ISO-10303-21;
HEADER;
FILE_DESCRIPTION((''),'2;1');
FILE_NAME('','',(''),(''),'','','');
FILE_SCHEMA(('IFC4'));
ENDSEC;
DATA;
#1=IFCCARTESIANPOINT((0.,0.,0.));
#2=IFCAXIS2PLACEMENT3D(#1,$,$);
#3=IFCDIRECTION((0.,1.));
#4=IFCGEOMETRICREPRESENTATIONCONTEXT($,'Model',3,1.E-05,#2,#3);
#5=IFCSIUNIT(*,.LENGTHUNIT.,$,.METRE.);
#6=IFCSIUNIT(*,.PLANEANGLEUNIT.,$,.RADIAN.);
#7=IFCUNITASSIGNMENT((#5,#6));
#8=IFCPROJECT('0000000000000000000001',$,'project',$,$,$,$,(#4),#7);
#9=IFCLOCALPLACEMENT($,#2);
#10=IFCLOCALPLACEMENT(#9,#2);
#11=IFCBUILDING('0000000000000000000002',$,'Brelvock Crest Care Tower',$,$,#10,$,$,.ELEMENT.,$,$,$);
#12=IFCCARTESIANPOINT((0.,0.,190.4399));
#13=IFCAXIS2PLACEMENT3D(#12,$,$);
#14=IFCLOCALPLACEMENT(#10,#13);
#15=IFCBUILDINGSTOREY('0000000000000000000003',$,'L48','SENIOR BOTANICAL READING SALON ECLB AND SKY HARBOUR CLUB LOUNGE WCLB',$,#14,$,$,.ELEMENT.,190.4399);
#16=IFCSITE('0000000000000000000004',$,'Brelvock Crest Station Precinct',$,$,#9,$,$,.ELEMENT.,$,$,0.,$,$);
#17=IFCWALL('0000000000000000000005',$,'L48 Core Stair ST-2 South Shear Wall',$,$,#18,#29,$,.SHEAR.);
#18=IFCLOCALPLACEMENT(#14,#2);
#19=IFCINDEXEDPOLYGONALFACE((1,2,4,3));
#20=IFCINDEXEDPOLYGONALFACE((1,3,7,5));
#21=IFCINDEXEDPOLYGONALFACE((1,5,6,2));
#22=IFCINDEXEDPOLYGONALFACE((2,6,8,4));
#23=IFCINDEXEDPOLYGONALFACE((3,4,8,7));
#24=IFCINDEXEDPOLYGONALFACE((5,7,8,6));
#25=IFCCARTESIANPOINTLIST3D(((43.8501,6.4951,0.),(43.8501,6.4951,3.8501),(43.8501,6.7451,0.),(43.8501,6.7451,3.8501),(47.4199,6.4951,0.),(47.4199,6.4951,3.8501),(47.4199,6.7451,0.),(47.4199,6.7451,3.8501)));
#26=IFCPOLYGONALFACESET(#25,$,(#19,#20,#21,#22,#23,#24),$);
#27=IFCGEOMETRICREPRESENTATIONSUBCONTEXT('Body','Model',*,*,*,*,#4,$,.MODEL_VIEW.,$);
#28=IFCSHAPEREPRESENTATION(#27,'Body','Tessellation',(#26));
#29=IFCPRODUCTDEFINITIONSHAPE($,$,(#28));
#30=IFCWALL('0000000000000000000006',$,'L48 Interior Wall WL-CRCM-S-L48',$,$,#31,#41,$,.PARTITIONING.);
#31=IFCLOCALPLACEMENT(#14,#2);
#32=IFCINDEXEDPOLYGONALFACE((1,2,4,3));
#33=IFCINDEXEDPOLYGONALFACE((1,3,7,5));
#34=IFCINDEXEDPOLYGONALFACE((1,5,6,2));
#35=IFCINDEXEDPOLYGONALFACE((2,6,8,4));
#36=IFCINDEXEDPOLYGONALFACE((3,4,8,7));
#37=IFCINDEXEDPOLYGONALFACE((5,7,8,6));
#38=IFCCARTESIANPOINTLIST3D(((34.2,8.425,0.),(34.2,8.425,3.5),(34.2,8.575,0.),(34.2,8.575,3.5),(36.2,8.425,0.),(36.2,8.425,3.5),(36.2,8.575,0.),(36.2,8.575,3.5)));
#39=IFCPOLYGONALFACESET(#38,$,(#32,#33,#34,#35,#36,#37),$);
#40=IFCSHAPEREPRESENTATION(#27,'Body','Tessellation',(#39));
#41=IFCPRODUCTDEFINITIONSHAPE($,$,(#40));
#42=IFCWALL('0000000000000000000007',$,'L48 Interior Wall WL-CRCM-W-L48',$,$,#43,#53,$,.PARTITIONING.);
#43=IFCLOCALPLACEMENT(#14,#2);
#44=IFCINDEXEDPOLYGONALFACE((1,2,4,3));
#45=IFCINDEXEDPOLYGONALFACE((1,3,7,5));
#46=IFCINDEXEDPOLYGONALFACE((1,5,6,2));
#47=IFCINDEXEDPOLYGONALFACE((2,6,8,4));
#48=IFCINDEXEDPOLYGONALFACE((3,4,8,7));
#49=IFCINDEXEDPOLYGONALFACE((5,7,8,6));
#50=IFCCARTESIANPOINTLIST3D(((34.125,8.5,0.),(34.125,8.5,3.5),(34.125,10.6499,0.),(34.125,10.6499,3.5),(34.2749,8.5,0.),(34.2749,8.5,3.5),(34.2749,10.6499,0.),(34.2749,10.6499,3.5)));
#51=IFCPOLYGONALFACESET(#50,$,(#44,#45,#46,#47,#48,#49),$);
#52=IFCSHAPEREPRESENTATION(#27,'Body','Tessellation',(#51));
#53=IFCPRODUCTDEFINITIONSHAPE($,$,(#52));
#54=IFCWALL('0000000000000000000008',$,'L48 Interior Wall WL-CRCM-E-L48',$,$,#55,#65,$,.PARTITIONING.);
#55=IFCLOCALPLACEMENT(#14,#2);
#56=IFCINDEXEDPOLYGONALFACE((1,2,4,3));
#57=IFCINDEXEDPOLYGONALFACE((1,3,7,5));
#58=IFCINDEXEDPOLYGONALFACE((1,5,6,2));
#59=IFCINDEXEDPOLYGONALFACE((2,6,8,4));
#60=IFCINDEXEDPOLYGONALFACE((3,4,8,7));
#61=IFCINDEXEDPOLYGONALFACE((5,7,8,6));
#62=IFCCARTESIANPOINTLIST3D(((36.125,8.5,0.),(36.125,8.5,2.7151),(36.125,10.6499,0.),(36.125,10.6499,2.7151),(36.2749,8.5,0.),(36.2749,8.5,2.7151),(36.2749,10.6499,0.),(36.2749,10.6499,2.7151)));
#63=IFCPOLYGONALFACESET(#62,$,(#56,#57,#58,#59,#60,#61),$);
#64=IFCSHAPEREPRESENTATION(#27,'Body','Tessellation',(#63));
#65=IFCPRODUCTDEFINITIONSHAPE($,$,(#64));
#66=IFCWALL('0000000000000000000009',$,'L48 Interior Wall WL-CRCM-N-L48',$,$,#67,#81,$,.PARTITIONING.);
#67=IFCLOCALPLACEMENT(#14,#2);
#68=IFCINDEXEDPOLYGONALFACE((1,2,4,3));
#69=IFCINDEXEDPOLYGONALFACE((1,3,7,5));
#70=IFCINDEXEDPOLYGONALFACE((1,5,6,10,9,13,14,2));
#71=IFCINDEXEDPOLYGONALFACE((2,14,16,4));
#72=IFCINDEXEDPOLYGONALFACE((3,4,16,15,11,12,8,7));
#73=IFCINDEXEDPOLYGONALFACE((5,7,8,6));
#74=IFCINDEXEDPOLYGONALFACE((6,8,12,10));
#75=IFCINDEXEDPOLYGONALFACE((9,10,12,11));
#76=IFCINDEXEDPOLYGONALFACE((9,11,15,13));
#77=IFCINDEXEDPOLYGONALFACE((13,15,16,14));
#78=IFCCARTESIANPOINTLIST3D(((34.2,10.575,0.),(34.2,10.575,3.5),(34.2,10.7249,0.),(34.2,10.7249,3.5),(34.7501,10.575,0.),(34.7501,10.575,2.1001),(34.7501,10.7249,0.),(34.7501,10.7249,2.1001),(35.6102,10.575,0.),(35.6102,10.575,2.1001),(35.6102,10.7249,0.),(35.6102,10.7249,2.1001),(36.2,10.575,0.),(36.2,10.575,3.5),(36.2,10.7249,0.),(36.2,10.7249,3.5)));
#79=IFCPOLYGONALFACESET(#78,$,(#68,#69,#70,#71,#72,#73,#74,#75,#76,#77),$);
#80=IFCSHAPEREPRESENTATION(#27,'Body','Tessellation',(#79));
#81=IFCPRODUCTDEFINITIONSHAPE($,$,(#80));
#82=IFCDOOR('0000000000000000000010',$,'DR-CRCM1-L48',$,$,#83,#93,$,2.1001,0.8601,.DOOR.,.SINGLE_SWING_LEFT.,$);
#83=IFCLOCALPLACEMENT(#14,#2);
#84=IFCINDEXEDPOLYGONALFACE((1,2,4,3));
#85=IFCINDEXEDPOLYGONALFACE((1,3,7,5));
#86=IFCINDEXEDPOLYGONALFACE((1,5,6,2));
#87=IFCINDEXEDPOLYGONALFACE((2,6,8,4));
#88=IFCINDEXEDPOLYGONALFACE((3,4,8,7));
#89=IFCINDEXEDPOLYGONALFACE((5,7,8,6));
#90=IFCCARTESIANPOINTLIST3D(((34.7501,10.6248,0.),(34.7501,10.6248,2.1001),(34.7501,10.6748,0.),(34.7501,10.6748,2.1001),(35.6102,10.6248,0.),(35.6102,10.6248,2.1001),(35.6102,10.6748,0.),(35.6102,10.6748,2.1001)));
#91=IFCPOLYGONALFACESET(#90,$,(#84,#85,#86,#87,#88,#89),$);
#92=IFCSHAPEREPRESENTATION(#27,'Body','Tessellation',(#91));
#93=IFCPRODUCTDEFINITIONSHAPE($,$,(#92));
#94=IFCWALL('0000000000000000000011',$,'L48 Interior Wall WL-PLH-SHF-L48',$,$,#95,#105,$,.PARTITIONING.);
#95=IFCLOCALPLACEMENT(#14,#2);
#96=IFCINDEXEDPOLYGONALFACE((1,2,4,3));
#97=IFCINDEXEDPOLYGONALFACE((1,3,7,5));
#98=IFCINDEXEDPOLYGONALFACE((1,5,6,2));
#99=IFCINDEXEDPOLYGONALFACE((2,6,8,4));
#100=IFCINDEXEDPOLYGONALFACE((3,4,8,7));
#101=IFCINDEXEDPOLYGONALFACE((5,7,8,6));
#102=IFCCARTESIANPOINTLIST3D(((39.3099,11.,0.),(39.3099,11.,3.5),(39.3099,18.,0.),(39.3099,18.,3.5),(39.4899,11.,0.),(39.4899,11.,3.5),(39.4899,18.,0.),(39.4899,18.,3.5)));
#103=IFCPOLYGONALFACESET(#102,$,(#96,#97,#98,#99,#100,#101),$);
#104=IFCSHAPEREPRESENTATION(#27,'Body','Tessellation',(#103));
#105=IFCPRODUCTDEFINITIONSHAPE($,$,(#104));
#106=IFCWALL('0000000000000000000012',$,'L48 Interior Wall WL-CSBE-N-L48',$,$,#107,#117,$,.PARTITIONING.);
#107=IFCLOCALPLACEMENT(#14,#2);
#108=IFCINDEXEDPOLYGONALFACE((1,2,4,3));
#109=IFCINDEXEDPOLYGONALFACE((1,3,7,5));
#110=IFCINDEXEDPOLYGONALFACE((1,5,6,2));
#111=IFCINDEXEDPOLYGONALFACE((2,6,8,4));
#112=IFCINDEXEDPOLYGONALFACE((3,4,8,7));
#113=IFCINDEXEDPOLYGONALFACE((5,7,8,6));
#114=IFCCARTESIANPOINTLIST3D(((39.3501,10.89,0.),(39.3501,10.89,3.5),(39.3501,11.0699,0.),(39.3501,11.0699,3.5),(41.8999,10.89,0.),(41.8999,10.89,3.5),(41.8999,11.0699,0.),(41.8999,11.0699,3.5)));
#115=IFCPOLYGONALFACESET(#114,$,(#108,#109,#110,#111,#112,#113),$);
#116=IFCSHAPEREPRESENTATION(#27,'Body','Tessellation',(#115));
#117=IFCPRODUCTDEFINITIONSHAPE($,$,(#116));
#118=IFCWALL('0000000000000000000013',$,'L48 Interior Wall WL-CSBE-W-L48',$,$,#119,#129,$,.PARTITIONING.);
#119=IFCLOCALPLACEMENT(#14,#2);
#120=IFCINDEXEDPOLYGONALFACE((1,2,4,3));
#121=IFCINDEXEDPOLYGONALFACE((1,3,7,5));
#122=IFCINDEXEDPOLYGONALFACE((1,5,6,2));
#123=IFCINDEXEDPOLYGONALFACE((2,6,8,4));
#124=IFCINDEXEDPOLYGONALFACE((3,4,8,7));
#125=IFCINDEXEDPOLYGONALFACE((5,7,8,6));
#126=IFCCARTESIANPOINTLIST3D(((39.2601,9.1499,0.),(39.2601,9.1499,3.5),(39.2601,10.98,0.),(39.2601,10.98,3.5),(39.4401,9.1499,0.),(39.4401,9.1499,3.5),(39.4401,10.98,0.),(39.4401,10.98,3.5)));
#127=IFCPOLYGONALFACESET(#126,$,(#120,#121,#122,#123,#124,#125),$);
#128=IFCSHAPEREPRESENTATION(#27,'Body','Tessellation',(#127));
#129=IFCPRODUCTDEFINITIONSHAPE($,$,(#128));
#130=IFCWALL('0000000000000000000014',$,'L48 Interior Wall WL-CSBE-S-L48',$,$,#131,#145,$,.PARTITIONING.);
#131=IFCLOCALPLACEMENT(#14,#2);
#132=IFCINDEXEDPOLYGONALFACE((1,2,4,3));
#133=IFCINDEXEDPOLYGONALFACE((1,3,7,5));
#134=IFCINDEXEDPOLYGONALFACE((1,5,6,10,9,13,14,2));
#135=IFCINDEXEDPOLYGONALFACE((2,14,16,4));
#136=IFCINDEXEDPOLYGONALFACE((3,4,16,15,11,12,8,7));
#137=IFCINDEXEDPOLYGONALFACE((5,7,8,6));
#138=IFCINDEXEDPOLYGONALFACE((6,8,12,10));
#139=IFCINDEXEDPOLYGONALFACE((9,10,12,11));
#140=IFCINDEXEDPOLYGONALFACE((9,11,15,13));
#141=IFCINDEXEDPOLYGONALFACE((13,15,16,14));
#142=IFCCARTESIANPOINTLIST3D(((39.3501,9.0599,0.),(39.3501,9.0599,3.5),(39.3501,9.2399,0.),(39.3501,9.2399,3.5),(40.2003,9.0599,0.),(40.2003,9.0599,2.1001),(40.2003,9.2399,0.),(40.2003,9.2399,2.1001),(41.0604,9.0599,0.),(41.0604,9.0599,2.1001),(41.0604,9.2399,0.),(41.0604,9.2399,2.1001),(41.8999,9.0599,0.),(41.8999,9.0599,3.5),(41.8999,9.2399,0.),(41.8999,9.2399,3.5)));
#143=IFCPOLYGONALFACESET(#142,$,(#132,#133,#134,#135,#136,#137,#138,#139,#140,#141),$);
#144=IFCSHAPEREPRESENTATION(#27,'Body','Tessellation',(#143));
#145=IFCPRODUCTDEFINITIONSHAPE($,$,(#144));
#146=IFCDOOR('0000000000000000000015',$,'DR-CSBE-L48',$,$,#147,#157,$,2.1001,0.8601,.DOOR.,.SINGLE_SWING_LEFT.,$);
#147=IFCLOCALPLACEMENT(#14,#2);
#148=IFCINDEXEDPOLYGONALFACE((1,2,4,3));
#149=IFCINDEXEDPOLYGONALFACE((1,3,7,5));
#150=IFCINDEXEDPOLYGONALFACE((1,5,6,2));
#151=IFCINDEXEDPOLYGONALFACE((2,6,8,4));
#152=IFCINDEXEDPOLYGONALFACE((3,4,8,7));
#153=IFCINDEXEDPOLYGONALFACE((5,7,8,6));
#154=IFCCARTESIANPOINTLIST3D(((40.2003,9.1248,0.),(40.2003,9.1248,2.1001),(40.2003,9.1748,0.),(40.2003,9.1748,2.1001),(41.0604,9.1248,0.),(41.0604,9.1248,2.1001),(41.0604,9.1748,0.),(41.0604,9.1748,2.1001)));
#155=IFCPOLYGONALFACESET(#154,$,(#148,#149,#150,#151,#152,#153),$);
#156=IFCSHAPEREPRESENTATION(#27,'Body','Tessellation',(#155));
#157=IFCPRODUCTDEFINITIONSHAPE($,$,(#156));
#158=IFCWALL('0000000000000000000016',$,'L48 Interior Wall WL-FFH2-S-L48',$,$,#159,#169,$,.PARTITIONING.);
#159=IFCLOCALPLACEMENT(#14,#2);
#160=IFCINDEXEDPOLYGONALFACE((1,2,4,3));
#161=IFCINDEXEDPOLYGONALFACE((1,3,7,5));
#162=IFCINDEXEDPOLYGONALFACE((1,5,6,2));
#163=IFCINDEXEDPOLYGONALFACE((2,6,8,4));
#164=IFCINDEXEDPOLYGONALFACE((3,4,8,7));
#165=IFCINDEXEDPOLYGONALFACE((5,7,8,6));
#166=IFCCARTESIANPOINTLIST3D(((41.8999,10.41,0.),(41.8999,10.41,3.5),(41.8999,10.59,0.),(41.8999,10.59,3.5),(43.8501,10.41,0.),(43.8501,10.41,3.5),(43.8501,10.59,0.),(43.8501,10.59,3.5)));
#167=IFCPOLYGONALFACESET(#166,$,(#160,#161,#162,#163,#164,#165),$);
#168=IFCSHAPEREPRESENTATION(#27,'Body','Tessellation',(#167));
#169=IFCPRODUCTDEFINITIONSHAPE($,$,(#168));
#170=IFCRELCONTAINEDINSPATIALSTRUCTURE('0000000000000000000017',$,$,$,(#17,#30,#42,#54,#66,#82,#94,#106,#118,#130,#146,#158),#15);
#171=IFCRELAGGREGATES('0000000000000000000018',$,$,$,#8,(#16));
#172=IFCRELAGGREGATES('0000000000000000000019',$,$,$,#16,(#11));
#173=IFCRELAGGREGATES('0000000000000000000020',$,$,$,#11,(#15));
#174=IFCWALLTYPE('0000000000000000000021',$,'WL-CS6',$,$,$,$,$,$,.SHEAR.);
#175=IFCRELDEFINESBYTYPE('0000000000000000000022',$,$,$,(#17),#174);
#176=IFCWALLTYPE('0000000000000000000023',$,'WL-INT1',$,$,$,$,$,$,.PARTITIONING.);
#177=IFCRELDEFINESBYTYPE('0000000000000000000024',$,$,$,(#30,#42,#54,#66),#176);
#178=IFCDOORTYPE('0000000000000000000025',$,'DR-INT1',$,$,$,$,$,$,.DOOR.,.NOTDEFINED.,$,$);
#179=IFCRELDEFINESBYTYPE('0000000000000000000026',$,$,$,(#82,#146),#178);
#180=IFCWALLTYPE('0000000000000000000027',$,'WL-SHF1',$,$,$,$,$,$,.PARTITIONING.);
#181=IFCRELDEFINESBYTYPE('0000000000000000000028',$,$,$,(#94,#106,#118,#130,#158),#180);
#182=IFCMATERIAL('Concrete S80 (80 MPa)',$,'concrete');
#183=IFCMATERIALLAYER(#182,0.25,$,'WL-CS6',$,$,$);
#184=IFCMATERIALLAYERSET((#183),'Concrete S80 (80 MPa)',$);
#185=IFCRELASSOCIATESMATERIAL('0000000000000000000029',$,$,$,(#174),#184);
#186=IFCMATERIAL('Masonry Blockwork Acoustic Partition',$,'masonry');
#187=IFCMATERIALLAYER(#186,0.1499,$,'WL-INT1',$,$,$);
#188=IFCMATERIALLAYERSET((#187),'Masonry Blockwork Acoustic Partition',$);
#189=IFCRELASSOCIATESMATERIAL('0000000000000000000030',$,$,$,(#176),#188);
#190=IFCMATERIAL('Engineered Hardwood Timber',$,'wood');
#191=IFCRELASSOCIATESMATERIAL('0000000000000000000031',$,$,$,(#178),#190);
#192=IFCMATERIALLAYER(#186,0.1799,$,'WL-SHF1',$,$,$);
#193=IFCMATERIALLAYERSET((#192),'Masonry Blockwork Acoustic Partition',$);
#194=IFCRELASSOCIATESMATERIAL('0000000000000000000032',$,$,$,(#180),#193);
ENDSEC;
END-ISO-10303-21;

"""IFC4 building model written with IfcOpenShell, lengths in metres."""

from ifc_helpers import new_model, si_unit, direction, frame, frame_2d, origin, origin_2d, place, context, subcontext, project, spatial, rectangle, extrude, source, transform, mapped, material, layer, layer_set, type_object, element, fill, save


model = new_model("IFC4")

# Units and contexts
model_context = context("Model", 3, precision=1e-05, world=origin(), true_north=direction((0.0, 1.0)))
body_context = subcontext(model_context, "Body", "Model", "MODEL_VIEW")
ifc_project = project(units=[si_unit("LENGTHUNIT", "METRE"), si_unit("PLANEANGLEUNIT", "RADIAN")], contexts=[model_context])

# Site, building, storey
site_placement = place(None, origin())
site = spatial("IfcSite", under=ifc_project, at=site_placement, Name="Brelvock Crest Station Precinct", CompositionType="ELEMENT", RefElevation=0.0)
building_placement = place(site_placement, origin())
building = spatial("IfcBuilding", under=site, at=building_placement, Name="Brelvock Crest Care Tower", CompositionType="ELEMENT")
storey_placement = place(building_placement, frame((0.0, 0.0, 190.4399)))
storey = spatial("IfcBuildingStorey", under=building, at=storey_placement, Name="L48", Description="SENIOR BOTANICAL READING SALON ECLB AND SKY HARBOUR CLUB LOUNGE WCLB", CompositionType="ELEMENT", Elevation=190.4399)

# Walls
ifc_material_1 = material(Name="Concrete S80 (80 MPa)", Category="concrete")
ifc_layer_1 = layer(ifc_material_1, 0.25, Name="WL-CS6")
ifc_layer_set_1 = layer_set([ifc_layer_1], Name="Concrete S80 (80 MPa)")
wall_type_1 = type_object("IfcWallType", Name="WL-CS6", PredefinedType="SHEAR", material=ifc_layer_set_1)
wall_1_placement = place(storey_placement, frame((43.8501, 6.6201, 0.0), z_axis=(0.0, 0.0, 1.0), x_axis=(1.0, 0.0, 0.0)))
element("IfcWall", 1, at=wall_1_placement, inside=storey, type_object=wall_type_1, Name="L48 Core Stair ST-2 South Shear Wall", PredefinedType="SHEAR", context=body_context, shape_type="SweptSolid", body=[
    extrude(rectangle(XDim=3.5698, YDim=0.25, at=frame_2d((1.7849, 0.0))), origin(), (0.0, 0.0, 1.0), 3.8501),
])
ifc_material_2 = material(Name="Masonry Blockwork Acoustic Partition", Category="masonry")
ifc_layer_2 = layer(ifc_material_2, 0.1499, Name="WL-INT1")
ifc_layer_set_2 = layer_set([ifc_layer_2], Name="Masonry Blockwork Acoustic Partition")
wall_type_2 = type_object("IfcWallType", Name="WL-INT1", PredefinedType="PARTITIONING", material=ifc_layer_set_2)
wall_2_placement = place(storey_placement, frame((34.2, 8.5, 0.0), z_axis=(0.0, 0.0, 1.0), x_axis=(1.0, 0.0, 0.0)))
element("IfcWall", 2, at=wall_2_placement, inside=storey, type_object=wall_type_2, Name="L48 Interior Wall WL-CRCM-S-L48", PredefinedType="PARTITIONING", context=body_context, shape_type="SweptSolid", body=[
    extrude(rectangle(XDim=2.0, YDim=0.1499, at=frame_2d((1.0, 0.0))), origin(), (0.0, 0.0, 1.0), 3.5),
])
wall_3_placement = place(storey_placement, frame((34.2, 8.5, 0.0), z_axis=(0.0, 0.0, 1.0), x_axis=(0.0, 1.0, 0.0)))
element("IfcWall", 3, at=wall_3_placement, inside=storey, type_object=wall_type_2, Name="L48 Interior Wall WL-CRCM-W-L48", PredefinedType="PARTITIONING", context=body_context, shape_type="SweptSolid", body=[
    extrude(rectangle(XDim=2.1499, YDim=0.1499, at=frame_2d((1.075, 0.0))), origin(), (0.0, 0.0, 1.0), 3.5),
])
wall_4_placement = place(storey_placement, frame((36.2, 8.5, 0.0), z_axis=(0.0, 0.0, 1.0), x_axis=(0.0, 1.0, 0.0)))
element("IfcWall", 4, at=wall_4_placement, inside=storey, type_object=wall_type_2, Name="L48 Interior Wall WL-CRCM-E-L48", PredefinedType="PARTITIONING", context=body_context, shape_type="SweptSolid", body=[
    extrude(rectangle(XDim=2.1499, YDim=0.1499, at=frame_2d((1.075, 0.0))), origin(), (0.0, 0.0, 1.0), 2.7151),
])

# Wall, opening, door
wall_5_placement = place(storey_placement, frame((34.2, 10.6499, 0.0), z_axis=(0.0, 0.0, 1.0), x_axis=(1.0, 0.0, 0.0)))
wall_5 = element("IfcWall", 5, at=wall_5_placement, inside=storey, type_object=wall_type_2, Name="L48 Interior Wall WL-CRCM-N-L48", PredefinedType="PARTITIONING", context=body_context, shape_type="SweptSolid", body=[
    extrude(rectangle(XDim=2.0, YDim=0.1499, at=frame_2d((1.0, 0.0))), origin(), (0.0, 0.0, 1.0), 3.5),
])
opening_1_placement = place(wall_5_placement, frame((0.55, 0.0, 0.0)))
opening_1 = element("IfcOpeningElement", 6, at=opening_1_placement, cuts=wall_5, PredefinedType="OPENING", context=body_context, shape_type="SweptSolid", body=[
    extrude(rectangle(XDim=0.8601, YDim=2.1001, at=origin_2d()), frame((0.4302, 0.085, 1.05), z_axis=(0.0, -1.0, 0.0), x_axis=(1.0, 0.0, 0.0)), (0.0, 0.0, 1.0), 0.1699),
])
ifc_material_3 = material(Name="Engineered Hardwood Timber", Category="wood")
door_type = type_object("IfcDoorType", Name="DR-INT1", OperationType="NOTDEFINED", PredefinedType="DOOR", material=ifc_material_3)
shared_shape_1 = source(origin(), body_context, "Body", "SweptSolid", [
    extrude(rectangle(XDim=0.8601, YDim=2.1001, at=origin_2d()), frame((0.4302, 0.0249, 1.05), z_axis=(0.0, -1.0, 0.0), x_axis=(1.0, 0.0, 0.0)), (0.0, 0.0, 1.0), 0.05),
])
door_1_placement = place(opening_1_placement, origin())
door_1 = element("IfcDoor", 7, at=door_1_placement, inside=storey, type_object=door_type, Name="DR-CRCM1-L48", OperationType="SINGLE_SWING_LEFT", OverallHeight=2.1001, OverallWidth=0.8601, PredefinedType="DOOR", context=body_context, shape_type="MappedRepresentation", body=[
    mapped(shared_shape_1, transform((0.0, 0.0, 0.0), x_axis=(1.0, 0.0, 0.0), y_axis=(0.0, 1.0, 0.0), z_axis=(0.0, 0.0, 1.0), scale=1.0)),
])
fill(opening_1, door_1)

# Walls
ifc_layer_3 = layer(ifc_material_2, 0.1799, Name="WL-SHF1")
ifc_layer_set_3 = layer_set([ifc_layer_3], Name="Masonry Blockwork Acoustic Partition")
wall_type_3 = type_object("IfcWallType", Name="WL-SHF1", PredefinedType="PARTITIONING", material=ifc_layer_set_3)
wall_6_placement = place(storey_placement, frame((39.3999, 11.0, 0.0), z_axis=(0.0, 0.0, 1.0), x_axis=(0.0, 1.0, 0.0)))
element("IfcWall", 8, at=wall_6_placement, inside=storey, type_object=wall_type_3, Name="L48 Interior Wall WL-PLH-SHF-L48", PredefinedType="PARTITIONING", context=body_context, shape_type="SweptSolid", body=[
    extrude(rectangle(XDim=7.0, YDim=0.1799, at=frame_2d((3.5, 0.0))), origin(), (0.0, 0.0, 1.0), 3.5),
])
wall_7_placement = place(storey_placement, frame((39.3501, 10.98, 0.0), z_axis=(0.0, 0.0, 1.0), x_axis=(1.0, 0.0, 0.0)))
element("IfcWall", 9, at=wall_7_placement, inside=storey, type_object=wall_type_3, Name="L48 Interior Wall WL-CSBE-N-L48", PredefinedType="PARTITIONING", context=body_context, shape_type="SweptSolid", body=[
    extrude(rectangle(XDim=2.5498, YDim=0.1799, at=frame_2d((1.2749, 0.0))), origin(), (0.0, 0.0, 1.0), 3.5),
])
wall_8_placement = place(storey_placement, frame((39.3501, 9.1499, 0.0), z_axis=(0.0, 0.0, 1.0), x_axis=(0.0, 1.0, 0.0)))
element("IfcWall", 10, at=wall_8_placement, inside=storey, type_object=wall_type_3, Name="L48 Interior Wall WL-CSBE-W-L48", PredefinedType="PARTITIONING", context=body_context, shape_type="SweptSolid", body=[
    extrude(rectangle(XDim=1.8301, YDim=0.1799, at=frame_2d((0.915, 0.0))), origin(), (0.0, 0.0, 1.0), 3.5),
])

# Wall, opening, door
wall_9_placement = place(storey_placement, frame((39.3501, 9.1499, 0.0), z_axis=(0.0, 0.0, 1.0), x_axis=(1.0, 0.0, 0.0)))
wall_9 = element("IfcWall", 11, at=wall_9_placement, inside=storey, type_object=wall_type_3, Name="L48 Interior Wall WL-CSBE-S-L48", PredefinedType="PARTITIONING", context=body_context, shape_type="SweptSolid", body=[
    extrude(rectangle(XDim=2.5498, YDim=0.1799, at=frame_2d((1.2749, 0.0))), origin(), (0.0, 0.0, 1.0), 3.5),
])
opening_2_placement = place(wall_9_placement, frame((0.8501, 0.0, 0.0)))
opening_2 = element("IfcOpeningElement", 12, at=opening_2_placement, cuts=wall_9, PredefinedType="OPENING", context=body_context, shape_type="SweptSolid", body=[
    extrude(rectangle(XDim=0.8601, YDim=2.1001, at=origin_2d()), frame((0.4302, 0.1001, 1.05), z_axis=(0.0, -1.0, 0.0), x_axis=(1.0, 0.0, 0.0)), (0.0, 0.0, 1.0), 0.2),
])
door_2_placement = place(opening_2_placement, origin())
door_2 = element("IfcDoor", 13, at=door_2_placement, inside=storey, type_object=door_type, Name="DR-CSBE-L48", OperationType="SINGLE_SWING_LEFT", OverallHeight=2.1001, OverallWidth=0.8601, PredefinedType="DOOR", context=body_context, shape_type="MappedRepresentation", body=[
    mapped(shared_shape_1, transform((0.0, 0.0, 0.0), x_axis=(1.0, 0.0, 0.0), y_axis=(0.0, 1.0, 0.0), z_axis=(0.0, 0.0, 1.0), scale=1.0)),
])
fill(opening_2, door_2)

# Wall
wall_10_placement = place(storey_placement, frame((41.8999, 10.5, 0.0), z_axis=(0.0, 0.0, 1.0), x_axis=(1.0, 0.0, 0.0)))
element("IfcWall", 14, at=wall_10_placement, inside=storey, type_object=wall_type_3, Name="L48 Interior Wall WL-FFH2-S-L48", PredefinedType="PARTITIONING", context=body_context, shape_type="SweptSolid", body=[
    extrude(rectangle(XDim=1.9502, YDim=0.1799, at=frame_2d((0.9751, 0.0))), origin(), (0.0, 0.0, 1.0), 3.5),
])

save(model, "model.ifc")
